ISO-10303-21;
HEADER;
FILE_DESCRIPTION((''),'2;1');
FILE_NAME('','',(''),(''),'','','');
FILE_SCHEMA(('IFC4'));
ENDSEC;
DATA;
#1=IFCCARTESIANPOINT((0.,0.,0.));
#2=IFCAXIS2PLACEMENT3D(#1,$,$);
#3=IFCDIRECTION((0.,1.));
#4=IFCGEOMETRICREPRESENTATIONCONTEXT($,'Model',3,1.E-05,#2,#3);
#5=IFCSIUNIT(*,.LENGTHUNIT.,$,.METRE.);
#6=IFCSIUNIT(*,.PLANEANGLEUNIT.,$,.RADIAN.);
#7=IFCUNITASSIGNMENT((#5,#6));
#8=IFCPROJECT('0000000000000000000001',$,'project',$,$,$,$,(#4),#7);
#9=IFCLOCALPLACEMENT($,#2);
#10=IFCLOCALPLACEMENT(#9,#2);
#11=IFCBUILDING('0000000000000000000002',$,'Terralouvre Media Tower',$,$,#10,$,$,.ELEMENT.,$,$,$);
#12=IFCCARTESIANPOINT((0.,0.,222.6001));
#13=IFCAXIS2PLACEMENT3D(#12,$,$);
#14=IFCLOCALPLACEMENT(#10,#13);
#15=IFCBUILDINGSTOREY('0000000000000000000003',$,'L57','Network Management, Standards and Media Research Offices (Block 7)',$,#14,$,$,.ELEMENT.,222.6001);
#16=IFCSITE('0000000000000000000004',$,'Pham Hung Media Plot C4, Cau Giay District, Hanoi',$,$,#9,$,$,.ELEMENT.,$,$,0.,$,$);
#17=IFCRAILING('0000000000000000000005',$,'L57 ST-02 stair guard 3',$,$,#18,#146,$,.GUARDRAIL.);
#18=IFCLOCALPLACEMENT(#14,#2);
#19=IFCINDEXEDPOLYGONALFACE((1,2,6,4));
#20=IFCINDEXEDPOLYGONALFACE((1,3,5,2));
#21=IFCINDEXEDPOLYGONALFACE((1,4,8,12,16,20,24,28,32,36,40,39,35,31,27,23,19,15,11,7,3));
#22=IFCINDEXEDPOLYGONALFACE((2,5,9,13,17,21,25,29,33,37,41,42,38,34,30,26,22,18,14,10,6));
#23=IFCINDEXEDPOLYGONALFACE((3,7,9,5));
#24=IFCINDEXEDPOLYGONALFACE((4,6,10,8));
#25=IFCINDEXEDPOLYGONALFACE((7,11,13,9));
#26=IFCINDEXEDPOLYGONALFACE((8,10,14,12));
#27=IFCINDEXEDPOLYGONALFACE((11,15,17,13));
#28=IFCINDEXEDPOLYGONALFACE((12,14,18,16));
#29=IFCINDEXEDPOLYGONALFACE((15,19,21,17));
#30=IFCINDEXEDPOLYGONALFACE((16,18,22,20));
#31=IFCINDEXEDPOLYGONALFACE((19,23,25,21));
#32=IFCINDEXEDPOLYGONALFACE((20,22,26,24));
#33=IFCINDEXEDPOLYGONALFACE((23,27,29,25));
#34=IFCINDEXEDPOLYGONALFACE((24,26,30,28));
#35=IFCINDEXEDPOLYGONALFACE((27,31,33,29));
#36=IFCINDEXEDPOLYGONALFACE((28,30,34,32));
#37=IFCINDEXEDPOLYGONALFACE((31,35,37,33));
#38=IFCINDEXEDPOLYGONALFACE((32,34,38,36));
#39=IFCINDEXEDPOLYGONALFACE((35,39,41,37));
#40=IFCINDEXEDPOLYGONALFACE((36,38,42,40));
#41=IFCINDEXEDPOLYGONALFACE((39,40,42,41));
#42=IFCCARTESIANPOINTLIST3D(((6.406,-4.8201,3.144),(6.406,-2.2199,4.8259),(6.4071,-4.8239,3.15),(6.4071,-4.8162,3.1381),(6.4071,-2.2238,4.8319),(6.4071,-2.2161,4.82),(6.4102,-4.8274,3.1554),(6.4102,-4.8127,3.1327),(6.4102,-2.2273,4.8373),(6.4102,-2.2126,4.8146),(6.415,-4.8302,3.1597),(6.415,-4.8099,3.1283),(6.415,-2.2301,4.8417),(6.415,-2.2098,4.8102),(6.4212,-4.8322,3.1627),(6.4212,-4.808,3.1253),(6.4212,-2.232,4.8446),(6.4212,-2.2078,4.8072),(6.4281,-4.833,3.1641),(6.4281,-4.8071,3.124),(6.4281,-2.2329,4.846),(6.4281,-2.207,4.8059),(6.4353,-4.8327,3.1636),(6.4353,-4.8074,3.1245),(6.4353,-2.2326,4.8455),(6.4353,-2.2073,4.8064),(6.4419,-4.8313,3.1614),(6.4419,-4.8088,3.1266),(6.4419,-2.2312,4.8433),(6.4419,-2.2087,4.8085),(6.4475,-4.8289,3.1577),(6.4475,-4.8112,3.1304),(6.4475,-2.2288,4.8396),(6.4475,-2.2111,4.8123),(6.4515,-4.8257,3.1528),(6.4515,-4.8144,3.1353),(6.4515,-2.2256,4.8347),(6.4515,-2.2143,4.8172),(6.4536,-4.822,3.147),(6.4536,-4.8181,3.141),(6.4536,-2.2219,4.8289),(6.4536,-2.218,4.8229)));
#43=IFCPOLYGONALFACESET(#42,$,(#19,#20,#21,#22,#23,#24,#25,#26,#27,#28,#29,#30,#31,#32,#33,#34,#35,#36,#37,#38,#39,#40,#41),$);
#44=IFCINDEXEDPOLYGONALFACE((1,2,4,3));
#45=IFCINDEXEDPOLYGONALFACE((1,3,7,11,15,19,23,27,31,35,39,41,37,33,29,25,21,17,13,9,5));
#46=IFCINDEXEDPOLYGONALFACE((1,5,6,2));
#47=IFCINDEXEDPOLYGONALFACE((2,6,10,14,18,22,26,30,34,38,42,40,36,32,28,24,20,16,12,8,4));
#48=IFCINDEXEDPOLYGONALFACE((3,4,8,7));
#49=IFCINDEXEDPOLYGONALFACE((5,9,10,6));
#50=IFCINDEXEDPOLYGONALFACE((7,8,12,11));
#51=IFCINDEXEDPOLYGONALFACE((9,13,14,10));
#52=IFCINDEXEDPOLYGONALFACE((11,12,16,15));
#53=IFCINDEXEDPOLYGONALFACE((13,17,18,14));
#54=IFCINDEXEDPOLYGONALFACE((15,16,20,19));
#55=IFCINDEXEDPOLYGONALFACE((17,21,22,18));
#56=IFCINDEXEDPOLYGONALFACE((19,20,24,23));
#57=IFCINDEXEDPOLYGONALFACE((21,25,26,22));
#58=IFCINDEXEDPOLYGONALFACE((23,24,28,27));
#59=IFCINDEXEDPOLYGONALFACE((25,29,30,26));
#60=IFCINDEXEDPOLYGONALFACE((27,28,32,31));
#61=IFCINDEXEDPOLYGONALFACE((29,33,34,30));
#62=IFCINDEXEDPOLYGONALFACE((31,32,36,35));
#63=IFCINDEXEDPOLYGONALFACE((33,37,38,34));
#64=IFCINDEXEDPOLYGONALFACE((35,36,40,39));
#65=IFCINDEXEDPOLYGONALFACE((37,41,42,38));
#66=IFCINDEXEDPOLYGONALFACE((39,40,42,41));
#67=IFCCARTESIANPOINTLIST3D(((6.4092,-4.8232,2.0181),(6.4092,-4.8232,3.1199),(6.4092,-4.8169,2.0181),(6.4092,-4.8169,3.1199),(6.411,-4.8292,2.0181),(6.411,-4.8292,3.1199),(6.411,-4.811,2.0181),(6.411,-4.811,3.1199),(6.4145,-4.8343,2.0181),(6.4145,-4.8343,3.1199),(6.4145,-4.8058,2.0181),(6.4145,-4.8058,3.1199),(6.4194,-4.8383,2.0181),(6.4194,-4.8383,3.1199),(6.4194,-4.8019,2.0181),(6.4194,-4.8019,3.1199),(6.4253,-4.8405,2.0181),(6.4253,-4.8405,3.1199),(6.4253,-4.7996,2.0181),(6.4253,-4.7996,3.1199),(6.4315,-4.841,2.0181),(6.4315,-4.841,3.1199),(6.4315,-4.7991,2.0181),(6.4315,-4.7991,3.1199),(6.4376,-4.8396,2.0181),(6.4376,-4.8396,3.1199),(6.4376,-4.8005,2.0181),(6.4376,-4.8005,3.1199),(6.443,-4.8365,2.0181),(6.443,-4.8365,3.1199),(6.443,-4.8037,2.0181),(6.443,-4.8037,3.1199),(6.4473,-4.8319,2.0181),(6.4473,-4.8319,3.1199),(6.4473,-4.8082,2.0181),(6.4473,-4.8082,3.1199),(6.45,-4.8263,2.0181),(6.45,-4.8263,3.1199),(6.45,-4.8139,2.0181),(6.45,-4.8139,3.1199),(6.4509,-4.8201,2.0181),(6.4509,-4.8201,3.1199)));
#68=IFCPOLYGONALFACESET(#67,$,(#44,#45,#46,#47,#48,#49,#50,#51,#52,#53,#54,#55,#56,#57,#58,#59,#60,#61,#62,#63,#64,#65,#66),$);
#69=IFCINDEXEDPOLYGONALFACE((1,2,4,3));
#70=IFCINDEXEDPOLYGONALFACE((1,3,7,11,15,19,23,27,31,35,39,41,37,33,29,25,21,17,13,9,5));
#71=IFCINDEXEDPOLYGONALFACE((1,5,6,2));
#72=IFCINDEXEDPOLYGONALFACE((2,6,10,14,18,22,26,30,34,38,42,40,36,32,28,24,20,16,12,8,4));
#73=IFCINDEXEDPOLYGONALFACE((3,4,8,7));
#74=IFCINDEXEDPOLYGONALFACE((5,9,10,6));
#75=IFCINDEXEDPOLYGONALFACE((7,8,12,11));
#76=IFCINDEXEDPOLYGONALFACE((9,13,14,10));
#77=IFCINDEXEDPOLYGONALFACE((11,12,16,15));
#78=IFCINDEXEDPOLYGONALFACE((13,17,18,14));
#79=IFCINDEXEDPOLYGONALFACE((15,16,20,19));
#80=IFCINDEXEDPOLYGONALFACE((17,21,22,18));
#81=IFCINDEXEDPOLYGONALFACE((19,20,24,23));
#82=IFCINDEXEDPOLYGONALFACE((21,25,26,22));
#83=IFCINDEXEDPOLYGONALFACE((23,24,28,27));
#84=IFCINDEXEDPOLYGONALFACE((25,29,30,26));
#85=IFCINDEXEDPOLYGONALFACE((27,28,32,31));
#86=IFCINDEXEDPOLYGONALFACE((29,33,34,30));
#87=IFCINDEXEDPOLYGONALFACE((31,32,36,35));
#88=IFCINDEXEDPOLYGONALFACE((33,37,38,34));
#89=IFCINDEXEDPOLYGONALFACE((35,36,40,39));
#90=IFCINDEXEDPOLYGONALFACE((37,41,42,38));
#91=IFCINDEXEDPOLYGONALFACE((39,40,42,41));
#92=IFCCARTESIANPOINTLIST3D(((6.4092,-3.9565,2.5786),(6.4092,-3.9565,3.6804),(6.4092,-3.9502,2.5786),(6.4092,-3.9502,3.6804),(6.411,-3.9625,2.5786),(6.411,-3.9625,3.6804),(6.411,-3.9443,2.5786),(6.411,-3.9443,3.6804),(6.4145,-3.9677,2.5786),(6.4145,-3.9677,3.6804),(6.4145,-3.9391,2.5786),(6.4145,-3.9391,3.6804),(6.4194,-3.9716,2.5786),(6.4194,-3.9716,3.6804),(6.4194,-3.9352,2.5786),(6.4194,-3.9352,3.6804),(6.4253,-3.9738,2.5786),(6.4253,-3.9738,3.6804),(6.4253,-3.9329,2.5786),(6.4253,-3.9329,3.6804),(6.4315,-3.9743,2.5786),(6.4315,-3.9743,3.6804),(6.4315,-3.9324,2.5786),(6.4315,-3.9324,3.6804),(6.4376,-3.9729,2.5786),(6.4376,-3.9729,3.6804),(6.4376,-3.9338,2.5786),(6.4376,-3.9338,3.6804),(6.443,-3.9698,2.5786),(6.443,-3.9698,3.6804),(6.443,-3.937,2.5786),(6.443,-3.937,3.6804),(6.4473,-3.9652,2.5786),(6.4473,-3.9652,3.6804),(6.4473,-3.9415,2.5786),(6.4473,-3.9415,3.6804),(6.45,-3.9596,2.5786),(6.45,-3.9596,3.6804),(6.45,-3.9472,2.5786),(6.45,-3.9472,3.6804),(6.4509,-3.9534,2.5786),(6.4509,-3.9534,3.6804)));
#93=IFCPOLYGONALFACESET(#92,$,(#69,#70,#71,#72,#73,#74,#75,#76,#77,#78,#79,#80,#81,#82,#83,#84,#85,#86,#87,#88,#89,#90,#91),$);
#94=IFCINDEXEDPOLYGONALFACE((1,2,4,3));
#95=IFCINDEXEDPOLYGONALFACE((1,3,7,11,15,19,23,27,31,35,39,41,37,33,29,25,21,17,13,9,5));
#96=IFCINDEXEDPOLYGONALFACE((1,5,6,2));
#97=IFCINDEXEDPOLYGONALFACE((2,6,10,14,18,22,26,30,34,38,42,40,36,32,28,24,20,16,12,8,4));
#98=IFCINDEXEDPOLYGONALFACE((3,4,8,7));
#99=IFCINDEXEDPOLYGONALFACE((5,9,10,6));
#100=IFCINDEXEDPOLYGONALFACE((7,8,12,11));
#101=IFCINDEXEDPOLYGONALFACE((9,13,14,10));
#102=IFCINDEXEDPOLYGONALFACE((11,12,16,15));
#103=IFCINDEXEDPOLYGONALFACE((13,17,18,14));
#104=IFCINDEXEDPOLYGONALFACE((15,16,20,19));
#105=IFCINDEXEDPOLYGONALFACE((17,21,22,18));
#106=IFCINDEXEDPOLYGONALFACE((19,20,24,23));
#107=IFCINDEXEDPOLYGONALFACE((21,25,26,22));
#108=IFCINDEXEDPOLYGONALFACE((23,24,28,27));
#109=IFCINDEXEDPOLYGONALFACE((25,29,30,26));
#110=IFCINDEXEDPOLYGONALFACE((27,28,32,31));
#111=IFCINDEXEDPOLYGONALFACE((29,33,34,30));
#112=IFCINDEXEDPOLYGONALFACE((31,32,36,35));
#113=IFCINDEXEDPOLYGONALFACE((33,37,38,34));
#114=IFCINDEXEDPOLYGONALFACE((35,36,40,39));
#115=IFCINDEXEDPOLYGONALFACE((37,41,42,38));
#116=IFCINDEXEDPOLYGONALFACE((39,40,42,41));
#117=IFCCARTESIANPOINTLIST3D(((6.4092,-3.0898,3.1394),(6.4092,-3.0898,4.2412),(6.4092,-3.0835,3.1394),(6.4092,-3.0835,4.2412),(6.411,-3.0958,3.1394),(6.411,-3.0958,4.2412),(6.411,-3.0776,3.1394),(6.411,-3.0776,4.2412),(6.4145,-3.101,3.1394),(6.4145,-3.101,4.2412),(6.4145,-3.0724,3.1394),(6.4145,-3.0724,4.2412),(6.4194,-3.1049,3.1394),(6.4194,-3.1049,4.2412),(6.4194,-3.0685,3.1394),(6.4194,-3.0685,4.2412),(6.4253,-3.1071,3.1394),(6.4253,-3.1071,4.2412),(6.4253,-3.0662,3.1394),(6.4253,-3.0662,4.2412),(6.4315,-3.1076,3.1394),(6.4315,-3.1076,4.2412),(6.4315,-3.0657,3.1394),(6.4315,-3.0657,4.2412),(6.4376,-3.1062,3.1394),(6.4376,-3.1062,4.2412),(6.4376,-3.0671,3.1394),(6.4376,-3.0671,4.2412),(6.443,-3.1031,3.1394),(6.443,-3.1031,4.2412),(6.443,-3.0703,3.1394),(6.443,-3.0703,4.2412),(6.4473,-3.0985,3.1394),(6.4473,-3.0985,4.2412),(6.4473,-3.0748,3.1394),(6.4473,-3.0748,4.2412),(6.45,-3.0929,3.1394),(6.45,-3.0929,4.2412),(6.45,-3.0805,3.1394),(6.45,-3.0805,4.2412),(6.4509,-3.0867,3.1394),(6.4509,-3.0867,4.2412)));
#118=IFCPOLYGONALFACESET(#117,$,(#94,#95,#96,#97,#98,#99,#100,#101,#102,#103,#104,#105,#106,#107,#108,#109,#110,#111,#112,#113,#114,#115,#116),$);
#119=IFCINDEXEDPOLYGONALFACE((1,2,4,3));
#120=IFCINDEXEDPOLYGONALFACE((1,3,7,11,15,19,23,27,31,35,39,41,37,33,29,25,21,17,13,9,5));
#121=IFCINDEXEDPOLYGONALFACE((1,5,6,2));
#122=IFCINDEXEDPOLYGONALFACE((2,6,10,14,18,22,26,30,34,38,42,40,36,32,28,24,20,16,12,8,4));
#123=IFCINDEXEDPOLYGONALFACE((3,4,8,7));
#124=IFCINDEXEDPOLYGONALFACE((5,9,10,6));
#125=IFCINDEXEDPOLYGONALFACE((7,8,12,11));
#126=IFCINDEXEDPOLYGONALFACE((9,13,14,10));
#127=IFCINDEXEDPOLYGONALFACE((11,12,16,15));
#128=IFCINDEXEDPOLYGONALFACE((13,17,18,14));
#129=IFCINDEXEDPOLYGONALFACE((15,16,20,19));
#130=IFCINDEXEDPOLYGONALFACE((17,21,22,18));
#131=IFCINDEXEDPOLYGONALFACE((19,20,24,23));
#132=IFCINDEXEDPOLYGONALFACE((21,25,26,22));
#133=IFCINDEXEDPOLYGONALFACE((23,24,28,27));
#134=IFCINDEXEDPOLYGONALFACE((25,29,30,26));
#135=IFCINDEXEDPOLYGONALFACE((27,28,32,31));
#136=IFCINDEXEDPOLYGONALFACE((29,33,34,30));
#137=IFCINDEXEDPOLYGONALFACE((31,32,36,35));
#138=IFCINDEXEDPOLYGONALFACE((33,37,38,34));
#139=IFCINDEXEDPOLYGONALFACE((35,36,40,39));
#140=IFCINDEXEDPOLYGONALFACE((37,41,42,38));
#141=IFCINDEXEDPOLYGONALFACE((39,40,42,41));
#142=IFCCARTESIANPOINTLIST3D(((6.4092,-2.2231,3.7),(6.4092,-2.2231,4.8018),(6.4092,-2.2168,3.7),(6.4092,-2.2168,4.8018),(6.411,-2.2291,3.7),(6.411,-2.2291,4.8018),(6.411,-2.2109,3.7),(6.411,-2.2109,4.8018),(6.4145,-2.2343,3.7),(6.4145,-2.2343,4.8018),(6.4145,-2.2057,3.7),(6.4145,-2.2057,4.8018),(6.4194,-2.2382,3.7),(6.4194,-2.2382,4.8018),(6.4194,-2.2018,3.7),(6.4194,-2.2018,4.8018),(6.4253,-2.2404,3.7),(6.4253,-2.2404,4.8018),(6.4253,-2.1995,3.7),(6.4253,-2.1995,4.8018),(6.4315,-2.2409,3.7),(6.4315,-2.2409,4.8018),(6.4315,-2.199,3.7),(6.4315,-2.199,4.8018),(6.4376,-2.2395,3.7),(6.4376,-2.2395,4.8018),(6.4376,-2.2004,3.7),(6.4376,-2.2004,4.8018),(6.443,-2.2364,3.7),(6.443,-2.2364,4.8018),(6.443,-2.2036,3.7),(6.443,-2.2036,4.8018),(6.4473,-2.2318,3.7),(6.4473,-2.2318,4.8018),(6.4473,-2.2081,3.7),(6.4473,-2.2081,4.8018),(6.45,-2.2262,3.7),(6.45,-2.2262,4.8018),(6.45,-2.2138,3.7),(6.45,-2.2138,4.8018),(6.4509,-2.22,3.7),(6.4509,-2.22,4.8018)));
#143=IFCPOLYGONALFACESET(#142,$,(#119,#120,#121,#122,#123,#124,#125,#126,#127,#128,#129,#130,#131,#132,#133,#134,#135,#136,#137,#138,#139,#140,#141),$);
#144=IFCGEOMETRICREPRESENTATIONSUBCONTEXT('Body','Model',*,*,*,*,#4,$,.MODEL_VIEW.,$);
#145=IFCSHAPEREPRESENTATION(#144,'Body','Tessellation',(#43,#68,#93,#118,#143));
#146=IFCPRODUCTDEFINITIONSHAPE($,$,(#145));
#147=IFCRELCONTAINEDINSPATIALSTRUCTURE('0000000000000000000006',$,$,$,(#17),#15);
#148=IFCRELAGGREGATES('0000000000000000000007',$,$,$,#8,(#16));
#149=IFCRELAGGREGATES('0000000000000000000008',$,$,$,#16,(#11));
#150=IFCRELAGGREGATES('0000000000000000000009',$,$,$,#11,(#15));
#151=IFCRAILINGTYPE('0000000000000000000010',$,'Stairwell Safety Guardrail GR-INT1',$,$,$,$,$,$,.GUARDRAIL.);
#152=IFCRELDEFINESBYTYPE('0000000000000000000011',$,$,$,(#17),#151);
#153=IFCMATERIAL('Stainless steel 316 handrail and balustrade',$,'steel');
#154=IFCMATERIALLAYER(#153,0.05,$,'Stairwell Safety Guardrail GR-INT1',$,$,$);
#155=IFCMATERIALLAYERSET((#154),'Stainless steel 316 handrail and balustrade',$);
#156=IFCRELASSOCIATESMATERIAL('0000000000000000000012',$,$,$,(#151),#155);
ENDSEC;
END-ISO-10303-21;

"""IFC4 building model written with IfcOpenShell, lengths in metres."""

from ifc_helpers import new_model, si_unit, direction, frame, origin, origin_2d, place, context, subcontext, project, spatial, circle, extrude, material, layer, layer_set, type_object, element, save


model = new_model("IFC4")

# Units and contexts
model_context = context("Model", 3, precision=1e-05, world=origin(), true_north=direction((0.0, 1.0)))
body_context = subcontext(model_context, "Body", "Model", "MODEL_VIEW")
ifc_project = project(units=[si_unit("LENGTHUNIT", "METRE"), si_unit("PLANEANGLEUNIT", "RADIAN")], contexts=[model_context])

# Site, building, storey
site_placement = place(None, origin())
site = spatial("IfcSite", under=ifc_project, at=site_placement, Name="Pham Hung Media Plot C4, Cau Giay District, Hanoi", CompositionType="ELEMENT", RefElevation=0.0)
building_placement = place(site_placement, origin())
building = spatial("IfcBuilding", under=site, at=building_placement, Name="Terralouvre Media Tower", CompositionType="ELEMENT")
storey_placement = place(building_placement, frame((0.0, 0.0, 222.6001)))
storey = spatial("IfcBuildingStorey", under=building, at=storey_placement, Name="L57", Description="Network Management, Standards and Media Research Offices (Block 7)", CompositionType="ELEMENT", Elevation=222.6001)

# Railing
ifc_material_1 = material(Name="Stainless steel 316 handrail and balustrade", Category="steel")
ifc_layer_1 = layer(ifc_material_1, 0.05, Name="Stairwell Safety Guardrail GR-INT1")
ifc_layer_set_1 = layer_set([ifc_layer_1], Name="Stainless steel 316 handrail and balustrade")
railing_type_1 = type_object("IfcRailingType", Name="Stairwell Safety Guardrail GR-INT1", PredefinedType="GUARDRAIL", material=ifc_layer_set_1)
railing_1_placement = place(storey_placement, frame((6.4299, -4.8201, 2.0181)))
element("IfcRailing", 1, at=railing_1_placement, inside=storey, type_object=railing_type_1, Name="L57 ST-02 stair guard 3", PredefinedType="GUARDRAIL", context=body_context, shape_type="SweptSolid", body=[
    extrude(circle(Radius=0.0239, at=origin_2d()), frame((0.0, 0.0, 1.126), z_axis=(0.0, 0.839648, 0.54313), x_axis=(-1.0, 0.0, 0.0)), (0.0, 0.0, 1.0), 3.0967),
    extrude(circle(Radius=0.021, at=origin_2d()), origin(), (0.0, 0.0, 1.0), 1.1018),
    extrude(circle(Radius=0.021, at=origin_2d()), frame((0.0, 0.8667, 0.5605)), (0.0, 0.0, 1.0), 1.1018),
    extrude(circle(Radius=0.021, at=origin_2d()), frame((0.0, 1.7334, 1.1213)), (0.0, 0.0, 1.0), 1.1018),
    extrude(circle(Radius=0.021, at=origin_2d()), frame((0.0, 2.6001, 1.6819)), (0.0, 0.0, 1.0), 1.1018),
])

save(model, "model.ifc")
